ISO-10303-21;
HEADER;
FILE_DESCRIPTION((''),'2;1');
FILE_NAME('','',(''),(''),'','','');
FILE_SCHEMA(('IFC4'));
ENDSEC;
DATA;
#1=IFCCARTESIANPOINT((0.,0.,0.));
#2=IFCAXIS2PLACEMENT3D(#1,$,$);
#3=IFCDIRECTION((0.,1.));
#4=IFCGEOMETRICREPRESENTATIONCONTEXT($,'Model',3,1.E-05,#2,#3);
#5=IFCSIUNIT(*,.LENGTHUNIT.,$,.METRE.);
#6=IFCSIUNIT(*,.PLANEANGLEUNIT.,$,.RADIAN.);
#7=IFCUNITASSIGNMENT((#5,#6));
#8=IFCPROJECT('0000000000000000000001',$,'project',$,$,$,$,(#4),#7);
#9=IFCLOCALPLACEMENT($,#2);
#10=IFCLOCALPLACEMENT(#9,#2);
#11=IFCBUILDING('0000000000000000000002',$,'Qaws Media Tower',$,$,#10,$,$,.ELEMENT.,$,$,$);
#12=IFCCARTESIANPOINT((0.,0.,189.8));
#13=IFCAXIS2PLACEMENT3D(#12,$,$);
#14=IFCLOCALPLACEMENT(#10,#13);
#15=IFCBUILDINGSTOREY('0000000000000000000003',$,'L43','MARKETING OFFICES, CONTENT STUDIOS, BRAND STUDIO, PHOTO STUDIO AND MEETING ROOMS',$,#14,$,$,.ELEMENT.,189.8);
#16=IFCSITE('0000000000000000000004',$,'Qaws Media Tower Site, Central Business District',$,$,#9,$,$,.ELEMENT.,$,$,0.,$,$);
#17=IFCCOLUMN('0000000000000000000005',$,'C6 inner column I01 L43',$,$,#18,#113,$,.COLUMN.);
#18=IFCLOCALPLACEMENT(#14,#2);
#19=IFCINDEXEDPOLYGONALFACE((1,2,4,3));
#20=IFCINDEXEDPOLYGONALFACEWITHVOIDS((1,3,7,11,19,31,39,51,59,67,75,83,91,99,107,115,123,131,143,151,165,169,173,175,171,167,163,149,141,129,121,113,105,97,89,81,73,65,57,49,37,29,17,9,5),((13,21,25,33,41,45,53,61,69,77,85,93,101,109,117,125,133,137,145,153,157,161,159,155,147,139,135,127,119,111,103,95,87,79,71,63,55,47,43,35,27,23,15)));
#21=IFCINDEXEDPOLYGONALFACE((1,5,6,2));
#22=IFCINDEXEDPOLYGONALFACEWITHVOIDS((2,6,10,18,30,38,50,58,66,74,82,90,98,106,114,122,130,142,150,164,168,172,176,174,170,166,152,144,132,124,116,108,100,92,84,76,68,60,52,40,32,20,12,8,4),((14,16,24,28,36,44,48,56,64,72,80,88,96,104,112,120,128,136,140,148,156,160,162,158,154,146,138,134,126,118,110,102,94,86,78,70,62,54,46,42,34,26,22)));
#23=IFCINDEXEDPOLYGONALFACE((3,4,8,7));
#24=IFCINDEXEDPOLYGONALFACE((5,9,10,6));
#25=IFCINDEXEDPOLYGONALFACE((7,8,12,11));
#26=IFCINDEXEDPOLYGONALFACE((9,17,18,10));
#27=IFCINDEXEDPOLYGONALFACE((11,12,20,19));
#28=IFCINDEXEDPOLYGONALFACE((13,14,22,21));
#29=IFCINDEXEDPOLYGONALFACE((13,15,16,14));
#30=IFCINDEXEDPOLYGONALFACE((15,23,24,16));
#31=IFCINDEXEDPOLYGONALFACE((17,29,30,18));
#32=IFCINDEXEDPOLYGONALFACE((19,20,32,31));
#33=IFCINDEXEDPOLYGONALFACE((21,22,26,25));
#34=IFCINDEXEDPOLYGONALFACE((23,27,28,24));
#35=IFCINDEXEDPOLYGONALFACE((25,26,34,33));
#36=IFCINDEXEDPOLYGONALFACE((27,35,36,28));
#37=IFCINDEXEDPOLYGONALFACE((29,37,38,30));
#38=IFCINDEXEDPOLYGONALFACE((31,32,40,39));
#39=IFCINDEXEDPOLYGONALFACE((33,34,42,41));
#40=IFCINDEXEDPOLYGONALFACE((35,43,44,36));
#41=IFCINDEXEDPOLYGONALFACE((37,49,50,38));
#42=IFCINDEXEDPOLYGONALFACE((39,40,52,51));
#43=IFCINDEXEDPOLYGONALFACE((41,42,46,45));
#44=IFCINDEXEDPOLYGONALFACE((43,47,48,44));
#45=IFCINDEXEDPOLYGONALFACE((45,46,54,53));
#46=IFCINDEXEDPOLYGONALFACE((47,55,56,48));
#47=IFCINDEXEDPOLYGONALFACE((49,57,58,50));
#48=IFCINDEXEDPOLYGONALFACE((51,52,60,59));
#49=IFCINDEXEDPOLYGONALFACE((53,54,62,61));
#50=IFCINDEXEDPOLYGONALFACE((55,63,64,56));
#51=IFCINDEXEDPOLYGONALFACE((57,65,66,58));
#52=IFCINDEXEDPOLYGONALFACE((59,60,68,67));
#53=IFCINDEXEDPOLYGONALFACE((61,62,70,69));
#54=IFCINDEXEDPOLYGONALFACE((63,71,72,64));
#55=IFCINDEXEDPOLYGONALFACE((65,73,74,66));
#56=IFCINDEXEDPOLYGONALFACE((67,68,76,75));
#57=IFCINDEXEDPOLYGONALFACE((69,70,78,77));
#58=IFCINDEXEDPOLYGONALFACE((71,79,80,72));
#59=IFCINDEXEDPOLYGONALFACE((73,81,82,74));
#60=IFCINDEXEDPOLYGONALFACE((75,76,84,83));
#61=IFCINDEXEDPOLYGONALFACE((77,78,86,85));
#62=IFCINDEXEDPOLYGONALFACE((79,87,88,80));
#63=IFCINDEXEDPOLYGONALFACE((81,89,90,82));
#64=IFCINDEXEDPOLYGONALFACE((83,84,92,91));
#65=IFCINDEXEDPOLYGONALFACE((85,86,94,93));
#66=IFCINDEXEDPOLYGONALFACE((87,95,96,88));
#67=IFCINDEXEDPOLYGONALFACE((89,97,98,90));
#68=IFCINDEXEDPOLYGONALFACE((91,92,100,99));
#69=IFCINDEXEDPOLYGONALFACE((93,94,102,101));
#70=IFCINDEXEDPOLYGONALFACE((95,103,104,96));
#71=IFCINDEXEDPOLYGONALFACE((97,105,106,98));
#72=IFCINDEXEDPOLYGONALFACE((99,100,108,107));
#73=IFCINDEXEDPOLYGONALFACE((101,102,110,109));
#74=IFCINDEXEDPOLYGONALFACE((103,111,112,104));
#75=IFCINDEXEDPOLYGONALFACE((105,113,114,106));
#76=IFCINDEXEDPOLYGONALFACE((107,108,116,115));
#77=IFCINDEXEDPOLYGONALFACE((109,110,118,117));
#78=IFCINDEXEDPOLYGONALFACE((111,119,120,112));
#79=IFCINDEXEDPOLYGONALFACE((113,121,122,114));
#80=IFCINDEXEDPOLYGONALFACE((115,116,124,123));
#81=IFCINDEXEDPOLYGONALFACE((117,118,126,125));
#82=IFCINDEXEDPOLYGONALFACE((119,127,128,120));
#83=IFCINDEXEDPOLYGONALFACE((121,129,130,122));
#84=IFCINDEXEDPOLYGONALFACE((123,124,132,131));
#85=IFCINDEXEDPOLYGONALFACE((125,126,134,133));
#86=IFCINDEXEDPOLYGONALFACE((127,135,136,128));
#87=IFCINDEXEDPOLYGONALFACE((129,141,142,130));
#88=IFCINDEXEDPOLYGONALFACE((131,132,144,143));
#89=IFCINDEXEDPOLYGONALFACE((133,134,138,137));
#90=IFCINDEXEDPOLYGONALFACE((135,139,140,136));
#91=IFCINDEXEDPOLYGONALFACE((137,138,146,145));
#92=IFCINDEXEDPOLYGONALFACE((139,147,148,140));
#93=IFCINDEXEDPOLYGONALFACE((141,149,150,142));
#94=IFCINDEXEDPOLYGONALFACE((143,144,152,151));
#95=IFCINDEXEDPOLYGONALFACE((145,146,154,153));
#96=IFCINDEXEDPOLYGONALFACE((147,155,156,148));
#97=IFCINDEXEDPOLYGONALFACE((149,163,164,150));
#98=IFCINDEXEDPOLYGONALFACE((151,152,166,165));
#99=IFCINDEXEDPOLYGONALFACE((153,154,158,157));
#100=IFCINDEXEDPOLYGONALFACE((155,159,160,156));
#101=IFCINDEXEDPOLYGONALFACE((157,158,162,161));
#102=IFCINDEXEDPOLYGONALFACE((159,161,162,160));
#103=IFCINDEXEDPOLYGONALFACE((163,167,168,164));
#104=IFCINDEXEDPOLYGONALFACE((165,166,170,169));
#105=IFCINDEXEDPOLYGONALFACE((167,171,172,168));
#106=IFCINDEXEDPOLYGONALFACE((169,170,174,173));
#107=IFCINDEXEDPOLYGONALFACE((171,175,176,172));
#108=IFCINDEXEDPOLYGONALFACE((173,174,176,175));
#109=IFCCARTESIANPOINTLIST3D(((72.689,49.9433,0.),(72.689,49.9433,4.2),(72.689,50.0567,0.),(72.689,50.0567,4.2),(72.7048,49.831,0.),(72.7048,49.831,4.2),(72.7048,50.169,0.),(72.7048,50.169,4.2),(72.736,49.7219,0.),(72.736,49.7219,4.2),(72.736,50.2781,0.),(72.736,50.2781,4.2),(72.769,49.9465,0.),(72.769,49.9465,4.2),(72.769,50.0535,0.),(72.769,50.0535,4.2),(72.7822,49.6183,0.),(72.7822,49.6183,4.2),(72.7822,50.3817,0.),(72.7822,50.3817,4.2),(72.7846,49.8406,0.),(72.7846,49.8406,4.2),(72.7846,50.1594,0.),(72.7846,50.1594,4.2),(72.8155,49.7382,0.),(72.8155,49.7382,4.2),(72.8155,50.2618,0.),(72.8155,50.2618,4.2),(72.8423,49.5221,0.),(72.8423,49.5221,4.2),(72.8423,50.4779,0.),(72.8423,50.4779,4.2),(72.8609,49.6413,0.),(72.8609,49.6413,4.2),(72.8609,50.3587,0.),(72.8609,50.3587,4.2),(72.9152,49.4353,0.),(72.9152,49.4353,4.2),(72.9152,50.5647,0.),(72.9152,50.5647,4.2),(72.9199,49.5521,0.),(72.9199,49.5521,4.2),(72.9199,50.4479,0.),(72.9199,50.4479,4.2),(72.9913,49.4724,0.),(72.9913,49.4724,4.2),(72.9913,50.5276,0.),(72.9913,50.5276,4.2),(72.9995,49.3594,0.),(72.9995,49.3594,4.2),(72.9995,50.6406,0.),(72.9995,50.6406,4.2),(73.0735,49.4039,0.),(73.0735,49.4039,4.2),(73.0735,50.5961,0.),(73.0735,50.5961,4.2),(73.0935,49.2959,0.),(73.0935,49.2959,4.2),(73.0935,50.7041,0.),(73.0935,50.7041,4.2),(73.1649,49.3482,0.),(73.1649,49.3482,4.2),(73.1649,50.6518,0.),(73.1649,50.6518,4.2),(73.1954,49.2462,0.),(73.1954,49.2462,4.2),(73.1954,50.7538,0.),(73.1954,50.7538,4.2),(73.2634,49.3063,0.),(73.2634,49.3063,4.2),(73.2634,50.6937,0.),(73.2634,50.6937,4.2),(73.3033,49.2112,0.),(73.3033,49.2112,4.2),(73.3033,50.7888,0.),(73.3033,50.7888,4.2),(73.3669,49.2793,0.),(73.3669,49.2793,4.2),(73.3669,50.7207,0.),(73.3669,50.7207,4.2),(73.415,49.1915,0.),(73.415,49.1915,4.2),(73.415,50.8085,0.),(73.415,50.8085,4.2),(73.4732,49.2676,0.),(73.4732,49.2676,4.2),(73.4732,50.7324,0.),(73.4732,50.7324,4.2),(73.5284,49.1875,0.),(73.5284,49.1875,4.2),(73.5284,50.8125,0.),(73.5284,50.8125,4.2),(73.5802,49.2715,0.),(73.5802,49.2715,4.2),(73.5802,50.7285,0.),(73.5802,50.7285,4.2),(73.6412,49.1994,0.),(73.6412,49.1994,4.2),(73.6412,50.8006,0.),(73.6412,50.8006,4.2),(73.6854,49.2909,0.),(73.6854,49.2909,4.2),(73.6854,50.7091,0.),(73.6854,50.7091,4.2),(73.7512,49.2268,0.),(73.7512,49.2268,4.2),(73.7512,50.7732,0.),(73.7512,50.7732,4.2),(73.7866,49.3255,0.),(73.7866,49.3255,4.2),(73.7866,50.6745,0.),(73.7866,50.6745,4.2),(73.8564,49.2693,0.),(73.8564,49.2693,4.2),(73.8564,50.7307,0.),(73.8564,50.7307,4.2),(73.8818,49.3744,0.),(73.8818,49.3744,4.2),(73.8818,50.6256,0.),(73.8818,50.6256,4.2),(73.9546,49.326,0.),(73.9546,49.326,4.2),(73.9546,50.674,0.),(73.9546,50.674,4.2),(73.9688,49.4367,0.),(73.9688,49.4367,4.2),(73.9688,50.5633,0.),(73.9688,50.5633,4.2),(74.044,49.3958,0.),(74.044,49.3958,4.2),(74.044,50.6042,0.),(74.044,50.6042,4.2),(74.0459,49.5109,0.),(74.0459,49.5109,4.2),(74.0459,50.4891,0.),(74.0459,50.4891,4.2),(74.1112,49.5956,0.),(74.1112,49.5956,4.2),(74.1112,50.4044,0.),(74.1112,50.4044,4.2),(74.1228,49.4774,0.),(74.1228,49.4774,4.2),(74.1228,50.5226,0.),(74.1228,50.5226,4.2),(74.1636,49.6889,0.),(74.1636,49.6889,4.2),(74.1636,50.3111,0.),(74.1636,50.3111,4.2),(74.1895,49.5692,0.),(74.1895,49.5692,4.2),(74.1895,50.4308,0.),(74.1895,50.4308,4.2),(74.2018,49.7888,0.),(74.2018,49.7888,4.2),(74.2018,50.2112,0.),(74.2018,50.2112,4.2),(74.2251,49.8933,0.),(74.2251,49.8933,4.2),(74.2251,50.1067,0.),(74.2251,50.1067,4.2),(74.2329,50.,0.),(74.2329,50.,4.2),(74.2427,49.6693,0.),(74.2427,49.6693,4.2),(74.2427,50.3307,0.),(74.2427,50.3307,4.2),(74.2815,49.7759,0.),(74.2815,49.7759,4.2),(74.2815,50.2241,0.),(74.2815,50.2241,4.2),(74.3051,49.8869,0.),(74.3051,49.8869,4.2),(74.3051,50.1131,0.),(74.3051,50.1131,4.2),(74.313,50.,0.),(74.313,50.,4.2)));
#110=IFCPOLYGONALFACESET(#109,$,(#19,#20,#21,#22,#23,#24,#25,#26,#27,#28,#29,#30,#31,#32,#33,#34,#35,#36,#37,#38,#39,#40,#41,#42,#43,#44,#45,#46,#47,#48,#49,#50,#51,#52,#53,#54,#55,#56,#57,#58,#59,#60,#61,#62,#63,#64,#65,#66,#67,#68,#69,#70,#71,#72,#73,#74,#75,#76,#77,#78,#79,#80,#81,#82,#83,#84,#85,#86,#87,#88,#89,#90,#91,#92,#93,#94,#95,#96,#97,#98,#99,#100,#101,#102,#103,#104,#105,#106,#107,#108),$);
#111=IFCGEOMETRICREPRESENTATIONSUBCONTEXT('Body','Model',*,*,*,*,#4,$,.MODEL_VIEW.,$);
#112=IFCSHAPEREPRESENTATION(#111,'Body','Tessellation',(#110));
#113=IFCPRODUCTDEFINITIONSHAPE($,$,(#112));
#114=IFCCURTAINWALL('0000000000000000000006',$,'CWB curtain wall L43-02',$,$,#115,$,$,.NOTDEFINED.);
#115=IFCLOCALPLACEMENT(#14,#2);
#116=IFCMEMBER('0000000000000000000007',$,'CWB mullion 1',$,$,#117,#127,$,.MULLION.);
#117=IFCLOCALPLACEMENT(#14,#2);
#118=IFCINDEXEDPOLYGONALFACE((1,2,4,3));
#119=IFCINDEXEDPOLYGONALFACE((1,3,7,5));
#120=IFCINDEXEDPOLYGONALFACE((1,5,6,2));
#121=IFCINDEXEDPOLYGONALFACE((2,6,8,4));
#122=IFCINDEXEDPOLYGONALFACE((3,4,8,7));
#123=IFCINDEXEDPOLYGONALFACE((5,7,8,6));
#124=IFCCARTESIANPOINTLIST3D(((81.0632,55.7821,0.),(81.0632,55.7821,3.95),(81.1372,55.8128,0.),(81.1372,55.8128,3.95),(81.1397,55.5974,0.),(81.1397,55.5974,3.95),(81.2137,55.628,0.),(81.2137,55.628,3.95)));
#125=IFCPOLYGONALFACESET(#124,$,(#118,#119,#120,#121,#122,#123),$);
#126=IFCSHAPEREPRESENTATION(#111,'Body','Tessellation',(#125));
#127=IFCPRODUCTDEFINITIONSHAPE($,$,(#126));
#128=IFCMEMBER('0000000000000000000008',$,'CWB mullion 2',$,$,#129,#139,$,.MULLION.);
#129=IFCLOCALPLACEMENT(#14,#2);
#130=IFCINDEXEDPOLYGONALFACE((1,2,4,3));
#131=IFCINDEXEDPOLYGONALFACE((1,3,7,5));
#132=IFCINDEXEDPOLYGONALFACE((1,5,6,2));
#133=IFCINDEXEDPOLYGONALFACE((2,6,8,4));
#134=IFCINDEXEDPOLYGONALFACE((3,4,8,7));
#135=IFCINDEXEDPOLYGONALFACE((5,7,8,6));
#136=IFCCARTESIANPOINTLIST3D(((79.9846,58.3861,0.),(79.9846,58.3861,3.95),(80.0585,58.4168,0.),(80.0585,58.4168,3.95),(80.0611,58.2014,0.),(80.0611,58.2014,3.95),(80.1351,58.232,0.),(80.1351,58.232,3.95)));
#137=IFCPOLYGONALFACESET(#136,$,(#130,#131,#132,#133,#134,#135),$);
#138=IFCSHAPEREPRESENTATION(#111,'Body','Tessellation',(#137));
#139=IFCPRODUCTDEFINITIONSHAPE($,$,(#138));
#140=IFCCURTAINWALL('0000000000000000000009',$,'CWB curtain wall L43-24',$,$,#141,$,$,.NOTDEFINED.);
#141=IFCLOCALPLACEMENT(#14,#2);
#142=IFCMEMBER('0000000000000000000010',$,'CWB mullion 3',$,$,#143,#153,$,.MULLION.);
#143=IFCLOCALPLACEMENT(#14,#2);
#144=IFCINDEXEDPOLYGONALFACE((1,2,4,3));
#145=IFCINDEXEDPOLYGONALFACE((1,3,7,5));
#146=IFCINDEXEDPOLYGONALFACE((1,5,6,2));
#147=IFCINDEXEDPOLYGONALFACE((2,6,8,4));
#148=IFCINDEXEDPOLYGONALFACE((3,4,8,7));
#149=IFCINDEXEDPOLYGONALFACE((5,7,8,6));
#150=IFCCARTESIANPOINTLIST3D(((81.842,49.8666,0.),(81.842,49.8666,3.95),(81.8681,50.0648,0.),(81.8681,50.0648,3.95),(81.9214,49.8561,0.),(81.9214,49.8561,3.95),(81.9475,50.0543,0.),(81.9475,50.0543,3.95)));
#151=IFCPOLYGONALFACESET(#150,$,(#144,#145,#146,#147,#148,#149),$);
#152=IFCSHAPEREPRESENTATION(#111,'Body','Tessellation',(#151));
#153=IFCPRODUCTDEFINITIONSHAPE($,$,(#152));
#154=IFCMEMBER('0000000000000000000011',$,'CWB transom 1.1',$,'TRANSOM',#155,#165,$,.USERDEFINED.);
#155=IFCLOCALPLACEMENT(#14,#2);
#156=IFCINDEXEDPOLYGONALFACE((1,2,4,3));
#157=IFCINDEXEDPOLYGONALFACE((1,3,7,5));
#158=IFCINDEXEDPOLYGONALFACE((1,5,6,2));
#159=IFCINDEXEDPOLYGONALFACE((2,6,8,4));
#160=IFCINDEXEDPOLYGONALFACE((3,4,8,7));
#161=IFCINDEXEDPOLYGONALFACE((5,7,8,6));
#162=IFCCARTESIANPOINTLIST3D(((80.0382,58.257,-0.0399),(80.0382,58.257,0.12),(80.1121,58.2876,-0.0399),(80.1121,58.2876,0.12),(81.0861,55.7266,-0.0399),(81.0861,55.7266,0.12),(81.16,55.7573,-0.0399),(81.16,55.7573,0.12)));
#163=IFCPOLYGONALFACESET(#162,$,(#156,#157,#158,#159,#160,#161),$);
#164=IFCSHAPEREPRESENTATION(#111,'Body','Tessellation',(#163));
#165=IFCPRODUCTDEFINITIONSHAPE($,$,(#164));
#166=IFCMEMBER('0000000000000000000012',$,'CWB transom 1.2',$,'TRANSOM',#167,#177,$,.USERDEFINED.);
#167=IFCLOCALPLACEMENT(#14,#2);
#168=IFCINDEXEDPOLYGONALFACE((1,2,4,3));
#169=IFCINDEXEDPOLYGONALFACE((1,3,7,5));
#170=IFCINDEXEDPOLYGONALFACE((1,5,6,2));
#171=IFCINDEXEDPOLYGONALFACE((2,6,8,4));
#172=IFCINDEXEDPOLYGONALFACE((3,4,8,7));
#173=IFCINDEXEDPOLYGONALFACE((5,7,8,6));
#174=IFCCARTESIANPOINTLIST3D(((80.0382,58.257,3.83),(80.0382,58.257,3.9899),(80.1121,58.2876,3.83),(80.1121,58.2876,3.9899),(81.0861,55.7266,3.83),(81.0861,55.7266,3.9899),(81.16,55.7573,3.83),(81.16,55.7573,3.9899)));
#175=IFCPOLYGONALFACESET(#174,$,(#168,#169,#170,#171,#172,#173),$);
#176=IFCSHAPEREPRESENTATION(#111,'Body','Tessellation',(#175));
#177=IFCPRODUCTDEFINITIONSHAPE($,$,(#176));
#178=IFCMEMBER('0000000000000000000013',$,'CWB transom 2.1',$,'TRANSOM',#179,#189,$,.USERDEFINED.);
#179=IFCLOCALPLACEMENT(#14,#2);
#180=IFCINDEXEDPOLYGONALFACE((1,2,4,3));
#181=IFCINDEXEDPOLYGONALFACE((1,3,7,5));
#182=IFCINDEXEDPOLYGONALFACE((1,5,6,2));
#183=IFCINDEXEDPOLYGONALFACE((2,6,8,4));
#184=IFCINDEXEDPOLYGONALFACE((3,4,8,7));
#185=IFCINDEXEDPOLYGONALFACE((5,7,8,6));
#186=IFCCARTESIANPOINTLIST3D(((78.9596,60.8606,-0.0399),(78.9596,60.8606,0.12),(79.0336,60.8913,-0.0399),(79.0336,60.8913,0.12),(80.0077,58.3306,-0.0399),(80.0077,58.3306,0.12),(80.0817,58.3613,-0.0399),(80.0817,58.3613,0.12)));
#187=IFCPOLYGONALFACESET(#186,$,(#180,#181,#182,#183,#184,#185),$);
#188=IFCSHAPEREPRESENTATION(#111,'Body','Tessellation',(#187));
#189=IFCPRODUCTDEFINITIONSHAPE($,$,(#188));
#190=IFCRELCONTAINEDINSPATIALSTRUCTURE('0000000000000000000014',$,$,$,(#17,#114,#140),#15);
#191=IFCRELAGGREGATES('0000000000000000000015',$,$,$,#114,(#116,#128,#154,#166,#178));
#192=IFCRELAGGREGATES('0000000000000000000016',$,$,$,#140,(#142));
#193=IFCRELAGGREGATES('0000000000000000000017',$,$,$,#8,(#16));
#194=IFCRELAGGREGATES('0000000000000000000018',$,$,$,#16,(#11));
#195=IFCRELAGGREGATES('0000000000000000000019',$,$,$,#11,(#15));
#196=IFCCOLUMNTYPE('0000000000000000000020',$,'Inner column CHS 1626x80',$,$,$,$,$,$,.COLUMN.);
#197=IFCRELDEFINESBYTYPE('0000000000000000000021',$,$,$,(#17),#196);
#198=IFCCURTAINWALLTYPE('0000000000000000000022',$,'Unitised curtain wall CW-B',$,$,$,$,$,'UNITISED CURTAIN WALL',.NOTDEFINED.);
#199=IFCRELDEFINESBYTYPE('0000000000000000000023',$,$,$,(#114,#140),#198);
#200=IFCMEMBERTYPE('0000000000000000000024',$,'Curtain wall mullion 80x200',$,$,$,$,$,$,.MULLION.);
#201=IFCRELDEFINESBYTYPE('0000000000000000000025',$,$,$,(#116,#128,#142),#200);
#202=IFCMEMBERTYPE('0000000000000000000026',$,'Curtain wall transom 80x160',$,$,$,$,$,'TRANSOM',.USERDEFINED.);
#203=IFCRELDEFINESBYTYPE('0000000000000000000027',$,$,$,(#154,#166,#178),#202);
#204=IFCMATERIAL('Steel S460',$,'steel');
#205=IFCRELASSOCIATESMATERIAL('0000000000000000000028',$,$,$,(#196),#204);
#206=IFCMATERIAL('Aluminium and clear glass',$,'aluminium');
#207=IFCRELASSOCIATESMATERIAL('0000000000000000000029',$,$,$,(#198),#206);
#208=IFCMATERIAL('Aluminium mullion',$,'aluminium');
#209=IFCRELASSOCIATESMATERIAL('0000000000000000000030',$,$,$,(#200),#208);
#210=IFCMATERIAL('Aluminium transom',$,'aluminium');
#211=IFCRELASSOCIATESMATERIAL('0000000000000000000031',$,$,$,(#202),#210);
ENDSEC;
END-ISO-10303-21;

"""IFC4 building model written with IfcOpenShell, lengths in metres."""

from ifc_helpers import new_model, si_unit, direction, frame, origin, origin_2d, place, context, subcontext, project, spatial, rectangle, hollow_circle, extrude, material, material_profile, profile_set, type_object, element, aggregate, save


model = new_model("IFC4")

# Units and contexts
model_context = context("Model", 3, precision=1e-05, world=origin(), true_north=direction((0.0, 1.0)))
body_context = subcontext(model_context, "Body", "Model", "MODEL_VIEW")
ifc_project = project(units=[si_unit("LENGTHUNIT", "METRE"), si_unit("PLANEANGLEUNIT", "RADIAN")], contexts=[model_context])

# Site, building, storey
site_placement = place(None, origin())
site = spatial("IfcSite", under=ifc_project, at=site_placement, Name="Qaws Media Tower Site, Central Business District", CompositionType="ELEMENT", RefElevation=0.0)
building_placement = place(site_placement, origin())
building = spatial("IfcBuilding", under=site, at=building_placement, Name="Qaws Media Tower", CompositionType="ELEMENT")
storey_placement = place(building_placement, frame((0.0, 0.0, 189.8)))
storey = spatial("IfcBuildingStorey", under=building, at=storey_placement, Name="L43", Description="MARKETING OFFICES, CONTENT STUDIOS, BRAND STUDIO, PHOTO STUDIO AND MEETING ROOMS", CompositionType="ELEMENT", Elevation=189.8)

# Column
ifc_material_1 = material(Name="Steel S460", Category="steel")
ifc_material_profile_1 = material_profile(ifc_material_1, hollow_circle(Radius=0.813, WallThickness=0.0801, at=origin_2d()), Name="CHS 1626x80")
ifc_profile_set_1 = profile_set([ifc_material_profile_1], Name="Steel S460")
column_type = type_object("IfcColumnType", Name="Inner column CHS 1626x80", PredefinedType="COLUMN", material=ifc_profile_set_1)
column_placement = place(storey_placement, frame((73.5, 50.0, 0.0), z_axis=(0.0, 0.0, 1.0), x_axis=(1.0, 0.0, 0.0)))
element("IfcColumn", 1, at=column_placement, inside=storey, type_object=column_type, Name="C6 inner column I01 L43", PredefinedType="COLUMN", context=body_context, shape_type="SweptSolid", body=[
    extrude(hollow_circle(Radius=0.813, WallThickness=0.0801, at=origin_2d()), origin(), (0.0, 0.0, 1.0), 4.2),
])

# Curtain wall, members
ifc_material_2 = material(Name="Aluminium and clear glass", Category="aluminium")
curtain_wall_type = type_object("IfcCurtainWallType", Name="Unitised curtain wall CW-B", ElementType="UNITISED CURTAIN WALL", PredefinedType="NOTDEFINED", material=ifc_material_2)
curtain_wall_1_placement = place(storey_placement, origin())
curtain_wall_1 = element("IfcCurtainWall", 2, at=curtain_wall_1_placement, inside=storey, type_object=curtain_wall_type, Name="CWB curtain wall L43-02", PredefinedType="NOTDEFINED")
ifc_material_3 = material(Name="Aluminium mullion", Category="aluminium")
ifc_material_profile_2 = material_profile(ifc_material_3, rectangle(XDim=0.0801, YDim=0.2, at=origin_2d()), Name="80x200")
ifc_profile_set_2 = profile_set([ifc_material_profile_2], Name="Aluminium mullion")
member_type_1 = type_object("IfcMemberType", Name="Curtain wall mullion 80x200", PredefinedType="MULLION", material=ifc_profile_set_2)
member_1_placement = place(storey_placement, frame((81.1384, 55.7051, 0.0), z_axis=(0.0, 0.0, 1.0), x_axis=(-0.923879, -0.382684, 0.0)))
member_1 = element("IfcMember", 3, at=member_1_placement, type_object=member_type_1, Name="CWB mullion 1", PredefinedType="MULLION", context=body_context, shape_type="SweptSolid", body=[
    extrude(rectangle(XDim=0.0801, YDim=0.2, at=origin_2d()), origin(), (0.0, 0.0, 1.0), 3.95),
])
member_2_placement = place(storey_placement, frame((80.0598, 58.3091, 0.0), z_axis=(0.0, 0.0, 1.0), x_axis=(-0.923879, -0.382684, 0.0)))
member_2 = element("IfcMember", 4, at=member_2_placement, type_object=member_type_1, Name="CWB mullion 2", PredefinedType="MULLION", context=body_context, shape_type="SweptSolid", body=[
    extrude(rectangle(XDim=0.0801, YDim=0.2, at=origin_2d()), origin(), (0.0, 0.0, 1.0), 3.95),
])

# Curtain wall, member
curtain_wall_2_placement = place(storey_placement, origin())
curtain_wall_2 = element("IfcCurtainWall", 5, at=curtain_wall_2_placement, inside=storey, type_object=curtain_wall_type, Name="CWB curtain wall L43-24", PredefinedType="NOTDEFINED")
member_3_placement = place(storey_placement, frame((81.8948, 49.9604, 0.0), z_axis=(0.0, 0.0, 1.0), x_axis=(-0.991445, 0.130526, 0.0)))
member_3 = element("IfcMember", 6, at=member_3_placement, type_object=member_type_1, Name="CWB mullion 3", PredefinedType="MULLION", context=body_context, shape_type="SweptSolid", body=[
    extrude(rectangle(XDim=0.0801, YDim=0.2, at=origin_2d()), origin(), (0.0, 0.0, 1.0), 3.95),
])

# Members
ifc_material_4 = material(Name="Aluminium transom", Category="aluminium")
ifc_material_profile_3 = material_profile(ifc_material_4, rectangle(XDim=0.0801, YDim=0.1599, at=origin_2d()), Name="80x160")
ifc_profile_set_3 = profile_set([ifc_material_profile_3], Name="Aluminium transom")
member_type_2 = type_object("IfcMemberType", Name="Curtain wall transom 80x160", ElementType="TRANSOM", PredefinedType="USERDEFINED", material=ifc_profile_set_3)
member_4_placement = place(storey_placement, frame((81.123, 55.7419, 0.04), z_axis=(-0.382614, 0.923908, 0.0), x_axis=(-0.923908, -0.382614, 0.0)))
member_4 = element("IfcMember", 7, at=member_4_placement, type_object=member_type_2, Name="CWB transom 1.1", ObjectType="TRANSOM", PredefinedType="USERDEFINED", context=body_context, shape_type="SweptSolid", body=[
    extrude(rectangle(XDim=0.0801, YDim=0.1599, at=origin_2d()), origin(), (0.0, 0.0, 1.0), 2.7388),
])
member_5_placement = place(storey_placement, frame((81.123, 55.7419, 3.9099), z_axis=(-0.382614, 0.923908, 0.0), x_axis=(-0.923908, -0.382614, 0.0)))
member_5 = element("IfcMember", 8, at=member_5_placement, type_object=member_type_2, Name="CWB transom 1.2", ObjectType="TRANSOM", PredefinedType="USERDEFINED", context=body_context, shape_type="SweptSolid", body=[
    extrude(rectangle(XDim=0.0801, YDim=0.1599, at=origin_2d()), origin(), (0.0, 0.0, 1.0), 2.7388),
])
member_6_placement = place(storey_placement, frame((80.0447, 58.3459, 0.04), z_axis=(-0.382722, 0.923864, 0.0), x_axis=(-0.923864, -0.382722, 0.0)))
member_6 = element("IfcMember", 9, at=member_6_placement, type_object=member_type_2, Name="CWB transom 2.1", ObjectType="TRANSOM", PredefinedType="USERDEFINED", context=body_context, shape_type="SweptSolid", body=[
    extrude(rectangle(XDim=0.0801, YDim=0.1599, at=origin_2d()), origin(), (0.0, 0.0, 1.0), 2.7385),
])

aggregate(curtain_wall_1, [member_1, member_2, member_4, member_5, member_6])
aggregate(curtain_wall_2, [member_3])

save(model, "model.ifc")
